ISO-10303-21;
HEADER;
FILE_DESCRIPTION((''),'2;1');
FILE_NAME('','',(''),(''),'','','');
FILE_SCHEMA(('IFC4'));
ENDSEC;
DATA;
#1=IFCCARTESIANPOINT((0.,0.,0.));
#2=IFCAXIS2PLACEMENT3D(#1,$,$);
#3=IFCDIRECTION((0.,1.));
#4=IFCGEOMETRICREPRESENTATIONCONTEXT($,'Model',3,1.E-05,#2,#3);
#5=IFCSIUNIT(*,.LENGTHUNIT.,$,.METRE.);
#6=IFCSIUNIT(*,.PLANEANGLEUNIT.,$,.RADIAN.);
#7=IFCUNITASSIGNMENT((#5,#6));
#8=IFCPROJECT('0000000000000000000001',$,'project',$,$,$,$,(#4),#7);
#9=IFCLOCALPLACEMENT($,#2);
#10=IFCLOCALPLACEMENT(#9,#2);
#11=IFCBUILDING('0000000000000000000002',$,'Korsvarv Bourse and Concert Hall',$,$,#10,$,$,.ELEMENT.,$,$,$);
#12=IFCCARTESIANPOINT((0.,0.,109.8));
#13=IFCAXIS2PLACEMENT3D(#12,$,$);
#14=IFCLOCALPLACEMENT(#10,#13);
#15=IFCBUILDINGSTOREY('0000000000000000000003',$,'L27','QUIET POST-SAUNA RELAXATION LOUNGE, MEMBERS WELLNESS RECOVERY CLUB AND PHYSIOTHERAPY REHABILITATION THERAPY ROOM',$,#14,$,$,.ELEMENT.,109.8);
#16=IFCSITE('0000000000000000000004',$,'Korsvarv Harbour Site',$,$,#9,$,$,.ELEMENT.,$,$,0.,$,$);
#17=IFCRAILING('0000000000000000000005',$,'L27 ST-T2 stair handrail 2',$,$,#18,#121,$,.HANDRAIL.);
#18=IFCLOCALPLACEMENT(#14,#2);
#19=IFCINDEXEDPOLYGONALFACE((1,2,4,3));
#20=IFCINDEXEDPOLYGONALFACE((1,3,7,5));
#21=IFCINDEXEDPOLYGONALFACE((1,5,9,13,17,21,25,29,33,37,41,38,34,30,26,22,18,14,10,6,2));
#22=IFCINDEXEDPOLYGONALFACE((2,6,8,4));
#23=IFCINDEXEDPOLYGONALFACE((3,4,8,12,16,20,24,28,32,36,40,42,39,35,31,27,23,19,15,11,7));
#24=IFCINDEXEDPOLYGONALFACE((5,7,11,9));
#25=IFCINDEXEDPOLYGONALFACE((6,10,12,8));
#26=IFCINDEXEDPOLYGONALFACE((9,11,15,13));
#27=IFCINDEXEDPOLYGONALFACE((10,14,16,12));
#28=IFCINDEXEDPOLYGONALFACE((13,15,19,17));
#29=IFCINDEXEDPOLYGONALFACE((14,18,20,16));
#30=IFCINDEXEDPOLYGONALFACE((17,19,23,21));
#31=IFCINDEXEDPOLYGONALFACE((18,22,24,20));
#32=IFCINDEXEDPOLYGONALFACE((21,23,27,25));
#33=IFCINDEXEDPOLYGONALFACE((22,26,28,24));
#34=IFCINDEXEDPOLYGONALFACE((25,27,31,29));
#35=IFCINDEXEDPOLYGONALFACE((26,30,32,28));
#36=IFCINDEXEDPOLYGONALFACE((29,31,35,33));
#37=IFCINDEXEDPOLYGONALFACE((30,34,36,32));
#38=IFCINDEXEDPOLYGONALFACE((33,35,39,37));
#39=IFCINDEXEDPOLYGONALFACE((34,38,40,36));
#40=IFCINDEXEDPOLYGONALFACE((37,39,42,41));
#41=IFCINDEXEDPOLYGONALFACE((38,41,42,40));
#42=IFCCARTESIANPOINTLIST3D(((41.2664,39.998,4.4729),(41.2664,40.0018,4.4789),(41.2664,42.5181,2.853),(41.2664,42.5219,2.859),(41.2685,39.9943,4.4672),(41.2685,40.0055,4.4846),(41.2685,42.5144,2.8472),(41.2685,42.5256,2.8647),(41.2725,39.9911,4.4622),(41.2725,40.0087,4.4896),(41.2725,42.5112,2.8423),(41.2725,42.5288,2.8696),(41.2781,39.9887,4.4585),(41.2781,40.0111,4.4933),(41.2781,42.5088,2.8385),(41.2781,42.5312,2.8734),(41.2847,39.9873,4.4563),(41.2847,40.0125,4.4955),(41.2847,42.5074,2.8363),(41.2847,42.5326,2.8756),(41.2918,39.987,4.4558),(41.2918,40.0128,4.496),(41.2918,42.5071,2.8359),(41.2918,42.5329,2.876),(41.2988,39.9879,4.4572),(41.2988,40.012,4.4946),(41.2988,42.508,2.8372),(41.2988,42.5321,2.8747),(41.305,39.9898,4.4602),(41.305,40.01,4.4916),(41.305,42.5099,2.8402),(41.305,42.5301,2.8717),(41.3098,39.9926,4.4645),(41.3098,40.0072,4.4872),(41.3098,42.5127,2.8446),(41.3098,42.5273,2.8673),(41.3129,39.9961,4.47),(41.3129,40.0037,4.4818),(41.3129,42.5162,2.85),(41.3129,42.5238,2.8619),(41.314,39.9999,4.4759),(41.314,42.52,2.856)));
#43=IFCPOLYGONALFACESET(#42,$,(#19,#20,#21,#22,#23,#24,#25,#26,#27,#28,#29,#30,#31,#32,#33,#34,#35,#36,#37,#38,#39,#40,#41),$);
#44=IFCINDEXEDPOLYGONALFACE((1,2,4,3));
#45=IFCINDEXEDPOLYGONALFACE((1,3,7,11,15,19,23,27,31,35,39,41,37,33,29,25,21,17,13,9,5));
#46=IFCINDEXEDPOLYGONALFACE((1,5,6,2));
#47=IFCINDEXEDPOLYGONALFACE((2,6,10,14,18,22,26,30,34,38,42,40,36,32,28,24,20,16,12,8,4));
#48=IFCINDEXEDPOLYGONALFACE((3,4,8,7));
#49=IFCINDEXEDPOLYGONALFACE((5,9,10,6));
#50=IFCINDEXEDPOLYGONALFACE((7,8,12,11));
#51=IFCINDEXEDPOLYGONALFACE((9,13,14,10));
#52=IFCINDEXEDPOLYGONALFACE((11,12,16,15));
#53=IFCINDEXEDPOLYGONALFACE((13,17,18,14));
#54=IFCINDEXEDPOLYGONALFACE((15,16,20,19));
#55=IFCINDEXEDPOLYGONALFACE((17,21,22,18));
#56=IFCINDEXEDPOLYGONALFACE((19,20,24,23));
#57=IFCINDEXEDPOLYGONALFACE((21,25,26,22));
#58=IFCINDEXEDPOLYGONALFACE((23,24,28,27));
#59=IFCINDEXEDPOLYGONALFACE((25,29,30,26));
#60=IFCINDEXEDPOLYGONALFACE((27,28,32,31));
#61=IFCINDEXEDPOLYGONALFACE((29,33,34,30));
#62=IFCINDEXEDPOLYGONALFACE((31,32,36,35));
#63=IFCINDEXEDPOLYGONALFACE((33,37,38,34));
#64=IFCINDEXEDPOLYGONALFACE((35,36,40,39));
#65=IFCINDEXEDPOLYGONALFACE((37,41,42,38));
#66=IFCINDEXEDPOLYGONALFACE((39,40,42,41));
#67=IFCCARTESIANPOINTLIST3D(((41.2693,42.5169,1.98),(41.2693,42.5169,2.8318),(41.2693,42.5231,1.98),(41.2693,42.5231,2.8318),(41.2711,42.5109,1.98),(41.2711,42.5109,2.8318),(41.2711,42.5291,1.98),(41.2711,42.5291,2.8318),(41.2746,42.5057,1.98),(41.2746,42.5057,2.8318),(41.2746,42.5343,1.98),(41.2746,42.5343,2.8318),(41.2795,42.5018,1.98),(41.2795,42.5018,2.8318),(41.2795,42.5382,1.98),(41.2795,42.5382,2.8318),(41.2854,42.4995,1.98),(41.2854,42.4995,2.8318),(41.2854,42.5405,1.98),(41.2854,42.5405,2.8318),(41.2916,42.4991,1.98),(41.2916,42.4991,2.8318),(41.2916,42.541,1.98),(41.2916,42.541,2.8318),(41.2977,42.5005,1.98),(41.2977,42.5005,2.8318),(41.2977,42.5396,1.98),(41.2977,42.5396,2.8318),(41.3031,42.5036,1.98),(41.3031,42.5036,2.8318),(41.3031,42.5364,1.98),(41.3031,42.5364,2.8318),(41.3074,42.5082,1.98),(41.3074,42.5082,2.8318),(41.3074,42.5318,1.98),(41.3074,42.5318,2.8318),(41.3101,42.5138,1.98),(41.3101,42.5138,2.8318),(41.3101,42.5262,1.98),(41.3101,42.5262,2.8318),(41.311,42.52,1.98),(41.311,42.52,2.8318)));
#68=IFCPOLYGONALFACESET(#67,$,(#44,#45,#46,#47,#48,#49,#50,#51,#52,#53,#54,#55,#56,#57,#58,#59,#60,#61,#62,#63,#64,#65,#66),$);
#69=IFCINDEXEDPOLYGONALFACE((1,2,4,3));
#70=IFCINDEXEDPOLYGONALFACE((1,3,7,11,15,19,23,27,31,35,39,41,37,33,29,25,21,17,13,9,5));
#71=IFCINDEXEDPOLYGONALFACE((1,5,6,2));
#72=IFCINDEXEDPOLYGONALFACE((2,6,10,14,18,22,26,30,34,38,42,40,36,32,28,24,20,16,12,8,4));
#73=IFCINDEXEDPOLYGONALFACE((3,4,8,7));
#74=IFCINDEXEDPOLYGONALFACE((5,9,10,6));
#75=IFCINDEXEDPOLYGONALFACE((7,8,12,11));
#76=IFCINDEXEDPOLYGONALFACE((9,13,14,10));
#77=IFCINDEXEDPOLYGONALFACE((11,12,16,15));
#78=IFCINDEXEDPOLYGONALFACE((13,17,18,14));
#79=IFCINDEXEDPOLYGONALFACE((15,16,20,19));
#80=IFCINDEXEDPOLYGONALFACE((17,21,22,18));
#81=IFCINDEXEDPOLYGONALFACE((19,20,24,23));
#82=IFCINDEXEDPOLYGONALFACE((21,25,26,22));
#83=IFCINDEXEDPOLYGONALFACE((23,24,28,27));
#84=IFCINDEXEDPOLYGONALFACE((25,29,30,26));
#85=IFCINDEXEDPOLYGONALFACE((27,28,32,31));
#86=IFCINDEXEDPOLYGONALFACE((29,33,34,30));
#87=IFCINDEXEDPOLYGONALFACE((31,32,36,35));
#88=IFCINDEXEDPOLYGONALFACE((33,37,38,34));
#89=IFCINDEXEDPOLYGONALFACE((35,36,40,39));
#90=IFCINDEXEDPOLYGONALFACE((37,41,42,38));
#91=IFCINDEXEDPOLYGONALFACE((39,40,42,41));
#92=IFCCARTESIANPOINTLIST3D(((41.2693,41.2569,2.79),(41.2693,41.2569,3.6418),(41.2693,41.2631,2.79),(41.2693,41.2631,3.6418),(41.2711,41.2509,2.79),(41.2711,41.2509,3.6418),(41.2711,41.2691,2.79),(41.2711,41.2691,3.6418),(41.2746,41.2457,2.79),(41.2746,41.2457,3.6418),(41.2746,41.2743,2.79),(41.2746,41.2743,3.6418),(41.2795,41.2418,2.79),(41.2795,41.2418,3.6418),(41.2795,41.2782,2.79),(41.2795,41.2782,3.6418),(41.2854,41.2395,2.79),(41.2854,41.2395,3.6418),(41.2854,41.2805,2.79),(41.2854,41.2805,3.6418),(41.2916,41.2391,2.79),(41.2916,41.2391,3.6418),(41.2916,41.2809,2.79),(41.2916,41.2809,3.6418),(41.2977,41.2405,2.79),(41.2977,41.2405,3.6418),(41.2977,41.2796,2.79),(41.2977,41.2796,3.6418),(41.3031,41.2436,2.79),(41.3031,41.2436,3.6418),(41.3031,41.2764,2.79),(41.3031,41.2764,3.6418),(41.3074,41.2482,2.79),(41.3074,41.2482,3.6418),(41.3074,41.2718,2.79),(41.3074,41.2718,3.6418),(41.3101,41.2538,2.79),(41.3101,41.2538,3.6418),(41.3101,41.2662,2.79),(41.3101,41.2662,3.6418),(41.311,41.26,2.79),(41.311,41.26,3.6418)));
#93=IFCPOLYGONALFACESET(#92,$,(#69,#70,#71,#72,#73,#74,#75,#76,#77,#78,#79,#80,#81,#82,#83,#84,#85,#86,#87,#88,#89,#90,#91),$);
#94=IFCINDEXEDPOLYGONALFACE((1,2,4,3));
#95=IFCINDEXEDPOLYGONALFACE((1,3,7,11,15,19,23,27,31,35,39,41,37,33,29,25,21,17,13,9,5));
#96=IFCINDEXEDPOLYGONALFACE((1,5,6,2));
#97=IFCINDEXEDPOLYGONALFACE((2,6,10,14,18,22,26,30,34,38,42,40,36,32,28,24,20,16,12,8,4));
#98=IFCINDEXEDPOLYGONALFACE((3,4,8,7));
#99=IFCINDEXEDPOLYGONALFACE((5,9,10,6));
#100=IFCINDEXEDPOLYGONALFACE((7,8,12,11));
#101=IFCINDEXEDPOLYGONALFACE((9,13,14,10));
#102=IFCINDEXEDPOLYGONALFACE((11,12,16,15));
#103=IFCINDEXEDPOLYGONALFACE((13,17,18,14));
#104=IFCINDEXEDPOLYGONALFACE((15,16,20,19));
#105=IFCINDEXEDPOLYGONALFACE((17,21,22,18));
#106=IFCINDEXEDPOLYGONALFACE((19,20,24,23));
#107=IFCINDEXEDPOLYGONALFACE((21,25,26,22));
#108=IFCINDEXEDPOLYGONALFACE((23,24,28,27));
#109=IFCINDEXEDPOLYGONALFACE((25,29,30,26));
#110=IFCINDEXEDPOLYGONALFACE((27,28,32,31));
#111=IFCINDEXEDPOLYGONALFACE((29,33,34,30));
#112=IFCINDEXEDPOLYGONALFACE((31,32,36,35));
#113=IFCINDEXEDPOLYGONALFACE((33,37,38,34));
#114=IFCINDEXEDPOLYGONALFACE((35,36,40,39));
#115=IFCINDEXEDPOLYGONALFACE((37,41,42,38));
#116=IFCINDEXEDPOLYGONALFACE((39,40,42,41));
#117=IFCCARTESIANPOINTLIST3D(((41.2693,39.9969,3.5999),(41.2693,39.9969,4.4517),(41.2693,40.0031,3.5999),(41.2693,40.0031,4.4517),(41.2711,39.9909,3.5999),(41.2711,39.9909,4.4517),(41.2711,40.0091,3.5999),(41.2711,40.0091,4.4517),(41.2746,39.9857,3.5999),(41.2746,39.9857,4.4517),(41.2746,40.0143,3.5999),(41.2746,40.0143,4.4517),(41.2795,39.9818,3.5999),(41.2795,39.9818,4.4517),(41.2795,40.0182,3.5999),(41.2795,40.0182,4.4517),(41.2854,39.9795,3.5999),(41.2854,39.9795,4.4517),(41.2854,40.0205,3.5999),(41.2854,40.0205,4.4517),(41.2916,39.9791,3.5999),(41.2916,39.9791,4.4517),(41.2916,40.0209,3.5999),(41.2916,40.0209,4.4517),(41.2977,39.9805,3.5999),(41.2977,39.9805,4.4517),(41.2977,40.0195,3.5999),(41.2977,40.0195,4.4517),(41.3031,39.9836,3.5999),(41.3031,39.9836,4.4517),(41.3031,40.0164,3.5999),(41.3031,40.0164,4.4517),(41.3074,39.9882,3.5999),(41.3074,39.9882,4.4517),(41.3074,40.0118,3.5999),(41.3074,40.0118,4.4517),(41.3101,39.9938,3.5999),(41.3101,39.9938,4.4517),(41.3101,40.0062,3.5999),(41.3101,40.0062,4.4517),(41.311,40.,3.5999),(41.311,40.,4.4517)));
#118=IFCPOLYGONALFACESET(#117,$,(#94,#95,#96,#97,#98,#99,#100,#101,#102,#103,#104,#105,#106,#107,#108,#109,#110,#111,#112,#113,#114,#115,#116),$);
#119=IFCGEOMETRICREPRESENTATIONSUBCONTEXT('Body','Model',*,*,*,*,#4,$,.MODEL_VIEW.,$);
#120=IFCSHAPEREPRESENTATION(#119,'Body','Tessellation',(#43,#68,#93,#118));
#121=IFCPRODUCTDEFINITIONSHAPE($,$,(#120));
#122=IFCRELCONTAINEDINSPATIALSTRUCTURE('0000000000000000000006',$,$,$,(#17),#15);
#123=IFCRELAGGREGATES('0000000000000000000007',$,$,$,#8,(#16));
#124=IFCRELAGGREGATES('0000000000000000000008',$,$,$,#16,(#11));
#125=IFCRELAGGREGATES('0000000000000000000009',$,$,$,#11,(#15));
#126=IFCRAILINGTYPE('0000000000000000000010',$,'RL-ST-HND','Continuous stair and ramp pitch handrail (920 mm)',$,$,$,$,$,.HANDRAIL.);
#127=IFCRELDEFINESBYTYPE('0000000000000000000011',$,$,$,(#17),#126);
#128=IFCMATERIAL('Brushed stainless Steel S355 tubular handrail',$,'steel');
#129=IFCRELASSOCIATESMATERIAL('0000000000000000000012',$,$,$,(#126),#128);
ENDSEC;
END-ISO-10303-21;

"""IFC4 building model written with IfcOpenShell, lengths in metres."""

from ifc_helpers import new_model, si_unit, direction, frame, origin, origin_2d, place, context, subcontext, project, spatial, circle, extrude, material, type_object, element, save


model = new_model("IFC4")

# Units and contexts
model_context = context("Model", 3, precision=1e-05, world=origin(), true_north=direction((0.0, 1.0)))
body_context = subcontext(model_context, "Body", "Model", "MODEL_VIEW")
ifc_project = project(units=[si_unit("LENGTHUNIT", "METRE"), si_unit("PLANEANGLEUNIT", "RADIAN")], contexts=[model_context])

# Site, building, storey
site_placement = place(None, origin())
site = spatial("IfcSite", under=ifc_project, at=site_placement, Name="Korsvarv Harbour Site", CompositionType="ELEMENT", RefElevation=0.0)
building_placement = place(site_placement, origin())
building = spatial("IfcBuilding", under=site, at=building_placement, Name="Korsvarv Bourse and Concert Hall", CompositionType="ELEMENT")
storey_placement = place(building_placement, frame((0.0, 0.0, 109.8)))
storey = spatial("IfcBuildingStorey", under=building, at=storey_placement, Name="L27", Description="QUIET POST-SAUNA RELAXATION LOUNGE, MEMBERS WELLNESS RECOVERY CLUB AND PHYSIOTHERAPY REHABILITATION THERAPY ROOM", CompositionType="ELEMENT", Elevation=109.8)

# Railing
ifc_material_1 = material(Name="Brushed stainless Steel S355 tubular handrail", Category="steel")
railing_type = type_object("IfcRailingType", Name="RL-ST-HND", Description="Continuous stair and ramp pitch handrail (920 mm)", PredefinedType="HANDRAIL", material=ifc_material_1)
railing_placement = place(storey_placement, frame((41.29, 42.52, 1.98)))
element("IfcRailing", 1, at=railing_placement, inside=storey, type_object=railing_type, Name="L27 ST-T2 stair handrail 2", PredefinedType="HANDRAIL", context=body_context, shape_type="SweptSolid", body=[
    extrude(circle(Radius=0.0239, at=origin_2d()), frame((0.0, 0.0, 0.876), z_axis=(0.0, -0.8412, 0.540725), x_axis=(1.0, 0.0, 0.0)), (0.0, 0.0, 1.0), 2.9958),
    extrude(circle(Radius=0.021, at=origin_2d()), origin(), (0.0, 0.0, 1.0), 0.8518),
    extrude(circle(Radius=0.021, at=origin_2d()), frame((0.0, -1.26, 0.8101)), (0.0, 0.0, 1.0), 0.8518),
    extrude(circle(Radius=0.021, at=origin_2d()), frame((0.0, -2.52, 1.6199)), (0.0, 0.0, 1.0), 0.8518),
])

save(model, "model.ifc")
